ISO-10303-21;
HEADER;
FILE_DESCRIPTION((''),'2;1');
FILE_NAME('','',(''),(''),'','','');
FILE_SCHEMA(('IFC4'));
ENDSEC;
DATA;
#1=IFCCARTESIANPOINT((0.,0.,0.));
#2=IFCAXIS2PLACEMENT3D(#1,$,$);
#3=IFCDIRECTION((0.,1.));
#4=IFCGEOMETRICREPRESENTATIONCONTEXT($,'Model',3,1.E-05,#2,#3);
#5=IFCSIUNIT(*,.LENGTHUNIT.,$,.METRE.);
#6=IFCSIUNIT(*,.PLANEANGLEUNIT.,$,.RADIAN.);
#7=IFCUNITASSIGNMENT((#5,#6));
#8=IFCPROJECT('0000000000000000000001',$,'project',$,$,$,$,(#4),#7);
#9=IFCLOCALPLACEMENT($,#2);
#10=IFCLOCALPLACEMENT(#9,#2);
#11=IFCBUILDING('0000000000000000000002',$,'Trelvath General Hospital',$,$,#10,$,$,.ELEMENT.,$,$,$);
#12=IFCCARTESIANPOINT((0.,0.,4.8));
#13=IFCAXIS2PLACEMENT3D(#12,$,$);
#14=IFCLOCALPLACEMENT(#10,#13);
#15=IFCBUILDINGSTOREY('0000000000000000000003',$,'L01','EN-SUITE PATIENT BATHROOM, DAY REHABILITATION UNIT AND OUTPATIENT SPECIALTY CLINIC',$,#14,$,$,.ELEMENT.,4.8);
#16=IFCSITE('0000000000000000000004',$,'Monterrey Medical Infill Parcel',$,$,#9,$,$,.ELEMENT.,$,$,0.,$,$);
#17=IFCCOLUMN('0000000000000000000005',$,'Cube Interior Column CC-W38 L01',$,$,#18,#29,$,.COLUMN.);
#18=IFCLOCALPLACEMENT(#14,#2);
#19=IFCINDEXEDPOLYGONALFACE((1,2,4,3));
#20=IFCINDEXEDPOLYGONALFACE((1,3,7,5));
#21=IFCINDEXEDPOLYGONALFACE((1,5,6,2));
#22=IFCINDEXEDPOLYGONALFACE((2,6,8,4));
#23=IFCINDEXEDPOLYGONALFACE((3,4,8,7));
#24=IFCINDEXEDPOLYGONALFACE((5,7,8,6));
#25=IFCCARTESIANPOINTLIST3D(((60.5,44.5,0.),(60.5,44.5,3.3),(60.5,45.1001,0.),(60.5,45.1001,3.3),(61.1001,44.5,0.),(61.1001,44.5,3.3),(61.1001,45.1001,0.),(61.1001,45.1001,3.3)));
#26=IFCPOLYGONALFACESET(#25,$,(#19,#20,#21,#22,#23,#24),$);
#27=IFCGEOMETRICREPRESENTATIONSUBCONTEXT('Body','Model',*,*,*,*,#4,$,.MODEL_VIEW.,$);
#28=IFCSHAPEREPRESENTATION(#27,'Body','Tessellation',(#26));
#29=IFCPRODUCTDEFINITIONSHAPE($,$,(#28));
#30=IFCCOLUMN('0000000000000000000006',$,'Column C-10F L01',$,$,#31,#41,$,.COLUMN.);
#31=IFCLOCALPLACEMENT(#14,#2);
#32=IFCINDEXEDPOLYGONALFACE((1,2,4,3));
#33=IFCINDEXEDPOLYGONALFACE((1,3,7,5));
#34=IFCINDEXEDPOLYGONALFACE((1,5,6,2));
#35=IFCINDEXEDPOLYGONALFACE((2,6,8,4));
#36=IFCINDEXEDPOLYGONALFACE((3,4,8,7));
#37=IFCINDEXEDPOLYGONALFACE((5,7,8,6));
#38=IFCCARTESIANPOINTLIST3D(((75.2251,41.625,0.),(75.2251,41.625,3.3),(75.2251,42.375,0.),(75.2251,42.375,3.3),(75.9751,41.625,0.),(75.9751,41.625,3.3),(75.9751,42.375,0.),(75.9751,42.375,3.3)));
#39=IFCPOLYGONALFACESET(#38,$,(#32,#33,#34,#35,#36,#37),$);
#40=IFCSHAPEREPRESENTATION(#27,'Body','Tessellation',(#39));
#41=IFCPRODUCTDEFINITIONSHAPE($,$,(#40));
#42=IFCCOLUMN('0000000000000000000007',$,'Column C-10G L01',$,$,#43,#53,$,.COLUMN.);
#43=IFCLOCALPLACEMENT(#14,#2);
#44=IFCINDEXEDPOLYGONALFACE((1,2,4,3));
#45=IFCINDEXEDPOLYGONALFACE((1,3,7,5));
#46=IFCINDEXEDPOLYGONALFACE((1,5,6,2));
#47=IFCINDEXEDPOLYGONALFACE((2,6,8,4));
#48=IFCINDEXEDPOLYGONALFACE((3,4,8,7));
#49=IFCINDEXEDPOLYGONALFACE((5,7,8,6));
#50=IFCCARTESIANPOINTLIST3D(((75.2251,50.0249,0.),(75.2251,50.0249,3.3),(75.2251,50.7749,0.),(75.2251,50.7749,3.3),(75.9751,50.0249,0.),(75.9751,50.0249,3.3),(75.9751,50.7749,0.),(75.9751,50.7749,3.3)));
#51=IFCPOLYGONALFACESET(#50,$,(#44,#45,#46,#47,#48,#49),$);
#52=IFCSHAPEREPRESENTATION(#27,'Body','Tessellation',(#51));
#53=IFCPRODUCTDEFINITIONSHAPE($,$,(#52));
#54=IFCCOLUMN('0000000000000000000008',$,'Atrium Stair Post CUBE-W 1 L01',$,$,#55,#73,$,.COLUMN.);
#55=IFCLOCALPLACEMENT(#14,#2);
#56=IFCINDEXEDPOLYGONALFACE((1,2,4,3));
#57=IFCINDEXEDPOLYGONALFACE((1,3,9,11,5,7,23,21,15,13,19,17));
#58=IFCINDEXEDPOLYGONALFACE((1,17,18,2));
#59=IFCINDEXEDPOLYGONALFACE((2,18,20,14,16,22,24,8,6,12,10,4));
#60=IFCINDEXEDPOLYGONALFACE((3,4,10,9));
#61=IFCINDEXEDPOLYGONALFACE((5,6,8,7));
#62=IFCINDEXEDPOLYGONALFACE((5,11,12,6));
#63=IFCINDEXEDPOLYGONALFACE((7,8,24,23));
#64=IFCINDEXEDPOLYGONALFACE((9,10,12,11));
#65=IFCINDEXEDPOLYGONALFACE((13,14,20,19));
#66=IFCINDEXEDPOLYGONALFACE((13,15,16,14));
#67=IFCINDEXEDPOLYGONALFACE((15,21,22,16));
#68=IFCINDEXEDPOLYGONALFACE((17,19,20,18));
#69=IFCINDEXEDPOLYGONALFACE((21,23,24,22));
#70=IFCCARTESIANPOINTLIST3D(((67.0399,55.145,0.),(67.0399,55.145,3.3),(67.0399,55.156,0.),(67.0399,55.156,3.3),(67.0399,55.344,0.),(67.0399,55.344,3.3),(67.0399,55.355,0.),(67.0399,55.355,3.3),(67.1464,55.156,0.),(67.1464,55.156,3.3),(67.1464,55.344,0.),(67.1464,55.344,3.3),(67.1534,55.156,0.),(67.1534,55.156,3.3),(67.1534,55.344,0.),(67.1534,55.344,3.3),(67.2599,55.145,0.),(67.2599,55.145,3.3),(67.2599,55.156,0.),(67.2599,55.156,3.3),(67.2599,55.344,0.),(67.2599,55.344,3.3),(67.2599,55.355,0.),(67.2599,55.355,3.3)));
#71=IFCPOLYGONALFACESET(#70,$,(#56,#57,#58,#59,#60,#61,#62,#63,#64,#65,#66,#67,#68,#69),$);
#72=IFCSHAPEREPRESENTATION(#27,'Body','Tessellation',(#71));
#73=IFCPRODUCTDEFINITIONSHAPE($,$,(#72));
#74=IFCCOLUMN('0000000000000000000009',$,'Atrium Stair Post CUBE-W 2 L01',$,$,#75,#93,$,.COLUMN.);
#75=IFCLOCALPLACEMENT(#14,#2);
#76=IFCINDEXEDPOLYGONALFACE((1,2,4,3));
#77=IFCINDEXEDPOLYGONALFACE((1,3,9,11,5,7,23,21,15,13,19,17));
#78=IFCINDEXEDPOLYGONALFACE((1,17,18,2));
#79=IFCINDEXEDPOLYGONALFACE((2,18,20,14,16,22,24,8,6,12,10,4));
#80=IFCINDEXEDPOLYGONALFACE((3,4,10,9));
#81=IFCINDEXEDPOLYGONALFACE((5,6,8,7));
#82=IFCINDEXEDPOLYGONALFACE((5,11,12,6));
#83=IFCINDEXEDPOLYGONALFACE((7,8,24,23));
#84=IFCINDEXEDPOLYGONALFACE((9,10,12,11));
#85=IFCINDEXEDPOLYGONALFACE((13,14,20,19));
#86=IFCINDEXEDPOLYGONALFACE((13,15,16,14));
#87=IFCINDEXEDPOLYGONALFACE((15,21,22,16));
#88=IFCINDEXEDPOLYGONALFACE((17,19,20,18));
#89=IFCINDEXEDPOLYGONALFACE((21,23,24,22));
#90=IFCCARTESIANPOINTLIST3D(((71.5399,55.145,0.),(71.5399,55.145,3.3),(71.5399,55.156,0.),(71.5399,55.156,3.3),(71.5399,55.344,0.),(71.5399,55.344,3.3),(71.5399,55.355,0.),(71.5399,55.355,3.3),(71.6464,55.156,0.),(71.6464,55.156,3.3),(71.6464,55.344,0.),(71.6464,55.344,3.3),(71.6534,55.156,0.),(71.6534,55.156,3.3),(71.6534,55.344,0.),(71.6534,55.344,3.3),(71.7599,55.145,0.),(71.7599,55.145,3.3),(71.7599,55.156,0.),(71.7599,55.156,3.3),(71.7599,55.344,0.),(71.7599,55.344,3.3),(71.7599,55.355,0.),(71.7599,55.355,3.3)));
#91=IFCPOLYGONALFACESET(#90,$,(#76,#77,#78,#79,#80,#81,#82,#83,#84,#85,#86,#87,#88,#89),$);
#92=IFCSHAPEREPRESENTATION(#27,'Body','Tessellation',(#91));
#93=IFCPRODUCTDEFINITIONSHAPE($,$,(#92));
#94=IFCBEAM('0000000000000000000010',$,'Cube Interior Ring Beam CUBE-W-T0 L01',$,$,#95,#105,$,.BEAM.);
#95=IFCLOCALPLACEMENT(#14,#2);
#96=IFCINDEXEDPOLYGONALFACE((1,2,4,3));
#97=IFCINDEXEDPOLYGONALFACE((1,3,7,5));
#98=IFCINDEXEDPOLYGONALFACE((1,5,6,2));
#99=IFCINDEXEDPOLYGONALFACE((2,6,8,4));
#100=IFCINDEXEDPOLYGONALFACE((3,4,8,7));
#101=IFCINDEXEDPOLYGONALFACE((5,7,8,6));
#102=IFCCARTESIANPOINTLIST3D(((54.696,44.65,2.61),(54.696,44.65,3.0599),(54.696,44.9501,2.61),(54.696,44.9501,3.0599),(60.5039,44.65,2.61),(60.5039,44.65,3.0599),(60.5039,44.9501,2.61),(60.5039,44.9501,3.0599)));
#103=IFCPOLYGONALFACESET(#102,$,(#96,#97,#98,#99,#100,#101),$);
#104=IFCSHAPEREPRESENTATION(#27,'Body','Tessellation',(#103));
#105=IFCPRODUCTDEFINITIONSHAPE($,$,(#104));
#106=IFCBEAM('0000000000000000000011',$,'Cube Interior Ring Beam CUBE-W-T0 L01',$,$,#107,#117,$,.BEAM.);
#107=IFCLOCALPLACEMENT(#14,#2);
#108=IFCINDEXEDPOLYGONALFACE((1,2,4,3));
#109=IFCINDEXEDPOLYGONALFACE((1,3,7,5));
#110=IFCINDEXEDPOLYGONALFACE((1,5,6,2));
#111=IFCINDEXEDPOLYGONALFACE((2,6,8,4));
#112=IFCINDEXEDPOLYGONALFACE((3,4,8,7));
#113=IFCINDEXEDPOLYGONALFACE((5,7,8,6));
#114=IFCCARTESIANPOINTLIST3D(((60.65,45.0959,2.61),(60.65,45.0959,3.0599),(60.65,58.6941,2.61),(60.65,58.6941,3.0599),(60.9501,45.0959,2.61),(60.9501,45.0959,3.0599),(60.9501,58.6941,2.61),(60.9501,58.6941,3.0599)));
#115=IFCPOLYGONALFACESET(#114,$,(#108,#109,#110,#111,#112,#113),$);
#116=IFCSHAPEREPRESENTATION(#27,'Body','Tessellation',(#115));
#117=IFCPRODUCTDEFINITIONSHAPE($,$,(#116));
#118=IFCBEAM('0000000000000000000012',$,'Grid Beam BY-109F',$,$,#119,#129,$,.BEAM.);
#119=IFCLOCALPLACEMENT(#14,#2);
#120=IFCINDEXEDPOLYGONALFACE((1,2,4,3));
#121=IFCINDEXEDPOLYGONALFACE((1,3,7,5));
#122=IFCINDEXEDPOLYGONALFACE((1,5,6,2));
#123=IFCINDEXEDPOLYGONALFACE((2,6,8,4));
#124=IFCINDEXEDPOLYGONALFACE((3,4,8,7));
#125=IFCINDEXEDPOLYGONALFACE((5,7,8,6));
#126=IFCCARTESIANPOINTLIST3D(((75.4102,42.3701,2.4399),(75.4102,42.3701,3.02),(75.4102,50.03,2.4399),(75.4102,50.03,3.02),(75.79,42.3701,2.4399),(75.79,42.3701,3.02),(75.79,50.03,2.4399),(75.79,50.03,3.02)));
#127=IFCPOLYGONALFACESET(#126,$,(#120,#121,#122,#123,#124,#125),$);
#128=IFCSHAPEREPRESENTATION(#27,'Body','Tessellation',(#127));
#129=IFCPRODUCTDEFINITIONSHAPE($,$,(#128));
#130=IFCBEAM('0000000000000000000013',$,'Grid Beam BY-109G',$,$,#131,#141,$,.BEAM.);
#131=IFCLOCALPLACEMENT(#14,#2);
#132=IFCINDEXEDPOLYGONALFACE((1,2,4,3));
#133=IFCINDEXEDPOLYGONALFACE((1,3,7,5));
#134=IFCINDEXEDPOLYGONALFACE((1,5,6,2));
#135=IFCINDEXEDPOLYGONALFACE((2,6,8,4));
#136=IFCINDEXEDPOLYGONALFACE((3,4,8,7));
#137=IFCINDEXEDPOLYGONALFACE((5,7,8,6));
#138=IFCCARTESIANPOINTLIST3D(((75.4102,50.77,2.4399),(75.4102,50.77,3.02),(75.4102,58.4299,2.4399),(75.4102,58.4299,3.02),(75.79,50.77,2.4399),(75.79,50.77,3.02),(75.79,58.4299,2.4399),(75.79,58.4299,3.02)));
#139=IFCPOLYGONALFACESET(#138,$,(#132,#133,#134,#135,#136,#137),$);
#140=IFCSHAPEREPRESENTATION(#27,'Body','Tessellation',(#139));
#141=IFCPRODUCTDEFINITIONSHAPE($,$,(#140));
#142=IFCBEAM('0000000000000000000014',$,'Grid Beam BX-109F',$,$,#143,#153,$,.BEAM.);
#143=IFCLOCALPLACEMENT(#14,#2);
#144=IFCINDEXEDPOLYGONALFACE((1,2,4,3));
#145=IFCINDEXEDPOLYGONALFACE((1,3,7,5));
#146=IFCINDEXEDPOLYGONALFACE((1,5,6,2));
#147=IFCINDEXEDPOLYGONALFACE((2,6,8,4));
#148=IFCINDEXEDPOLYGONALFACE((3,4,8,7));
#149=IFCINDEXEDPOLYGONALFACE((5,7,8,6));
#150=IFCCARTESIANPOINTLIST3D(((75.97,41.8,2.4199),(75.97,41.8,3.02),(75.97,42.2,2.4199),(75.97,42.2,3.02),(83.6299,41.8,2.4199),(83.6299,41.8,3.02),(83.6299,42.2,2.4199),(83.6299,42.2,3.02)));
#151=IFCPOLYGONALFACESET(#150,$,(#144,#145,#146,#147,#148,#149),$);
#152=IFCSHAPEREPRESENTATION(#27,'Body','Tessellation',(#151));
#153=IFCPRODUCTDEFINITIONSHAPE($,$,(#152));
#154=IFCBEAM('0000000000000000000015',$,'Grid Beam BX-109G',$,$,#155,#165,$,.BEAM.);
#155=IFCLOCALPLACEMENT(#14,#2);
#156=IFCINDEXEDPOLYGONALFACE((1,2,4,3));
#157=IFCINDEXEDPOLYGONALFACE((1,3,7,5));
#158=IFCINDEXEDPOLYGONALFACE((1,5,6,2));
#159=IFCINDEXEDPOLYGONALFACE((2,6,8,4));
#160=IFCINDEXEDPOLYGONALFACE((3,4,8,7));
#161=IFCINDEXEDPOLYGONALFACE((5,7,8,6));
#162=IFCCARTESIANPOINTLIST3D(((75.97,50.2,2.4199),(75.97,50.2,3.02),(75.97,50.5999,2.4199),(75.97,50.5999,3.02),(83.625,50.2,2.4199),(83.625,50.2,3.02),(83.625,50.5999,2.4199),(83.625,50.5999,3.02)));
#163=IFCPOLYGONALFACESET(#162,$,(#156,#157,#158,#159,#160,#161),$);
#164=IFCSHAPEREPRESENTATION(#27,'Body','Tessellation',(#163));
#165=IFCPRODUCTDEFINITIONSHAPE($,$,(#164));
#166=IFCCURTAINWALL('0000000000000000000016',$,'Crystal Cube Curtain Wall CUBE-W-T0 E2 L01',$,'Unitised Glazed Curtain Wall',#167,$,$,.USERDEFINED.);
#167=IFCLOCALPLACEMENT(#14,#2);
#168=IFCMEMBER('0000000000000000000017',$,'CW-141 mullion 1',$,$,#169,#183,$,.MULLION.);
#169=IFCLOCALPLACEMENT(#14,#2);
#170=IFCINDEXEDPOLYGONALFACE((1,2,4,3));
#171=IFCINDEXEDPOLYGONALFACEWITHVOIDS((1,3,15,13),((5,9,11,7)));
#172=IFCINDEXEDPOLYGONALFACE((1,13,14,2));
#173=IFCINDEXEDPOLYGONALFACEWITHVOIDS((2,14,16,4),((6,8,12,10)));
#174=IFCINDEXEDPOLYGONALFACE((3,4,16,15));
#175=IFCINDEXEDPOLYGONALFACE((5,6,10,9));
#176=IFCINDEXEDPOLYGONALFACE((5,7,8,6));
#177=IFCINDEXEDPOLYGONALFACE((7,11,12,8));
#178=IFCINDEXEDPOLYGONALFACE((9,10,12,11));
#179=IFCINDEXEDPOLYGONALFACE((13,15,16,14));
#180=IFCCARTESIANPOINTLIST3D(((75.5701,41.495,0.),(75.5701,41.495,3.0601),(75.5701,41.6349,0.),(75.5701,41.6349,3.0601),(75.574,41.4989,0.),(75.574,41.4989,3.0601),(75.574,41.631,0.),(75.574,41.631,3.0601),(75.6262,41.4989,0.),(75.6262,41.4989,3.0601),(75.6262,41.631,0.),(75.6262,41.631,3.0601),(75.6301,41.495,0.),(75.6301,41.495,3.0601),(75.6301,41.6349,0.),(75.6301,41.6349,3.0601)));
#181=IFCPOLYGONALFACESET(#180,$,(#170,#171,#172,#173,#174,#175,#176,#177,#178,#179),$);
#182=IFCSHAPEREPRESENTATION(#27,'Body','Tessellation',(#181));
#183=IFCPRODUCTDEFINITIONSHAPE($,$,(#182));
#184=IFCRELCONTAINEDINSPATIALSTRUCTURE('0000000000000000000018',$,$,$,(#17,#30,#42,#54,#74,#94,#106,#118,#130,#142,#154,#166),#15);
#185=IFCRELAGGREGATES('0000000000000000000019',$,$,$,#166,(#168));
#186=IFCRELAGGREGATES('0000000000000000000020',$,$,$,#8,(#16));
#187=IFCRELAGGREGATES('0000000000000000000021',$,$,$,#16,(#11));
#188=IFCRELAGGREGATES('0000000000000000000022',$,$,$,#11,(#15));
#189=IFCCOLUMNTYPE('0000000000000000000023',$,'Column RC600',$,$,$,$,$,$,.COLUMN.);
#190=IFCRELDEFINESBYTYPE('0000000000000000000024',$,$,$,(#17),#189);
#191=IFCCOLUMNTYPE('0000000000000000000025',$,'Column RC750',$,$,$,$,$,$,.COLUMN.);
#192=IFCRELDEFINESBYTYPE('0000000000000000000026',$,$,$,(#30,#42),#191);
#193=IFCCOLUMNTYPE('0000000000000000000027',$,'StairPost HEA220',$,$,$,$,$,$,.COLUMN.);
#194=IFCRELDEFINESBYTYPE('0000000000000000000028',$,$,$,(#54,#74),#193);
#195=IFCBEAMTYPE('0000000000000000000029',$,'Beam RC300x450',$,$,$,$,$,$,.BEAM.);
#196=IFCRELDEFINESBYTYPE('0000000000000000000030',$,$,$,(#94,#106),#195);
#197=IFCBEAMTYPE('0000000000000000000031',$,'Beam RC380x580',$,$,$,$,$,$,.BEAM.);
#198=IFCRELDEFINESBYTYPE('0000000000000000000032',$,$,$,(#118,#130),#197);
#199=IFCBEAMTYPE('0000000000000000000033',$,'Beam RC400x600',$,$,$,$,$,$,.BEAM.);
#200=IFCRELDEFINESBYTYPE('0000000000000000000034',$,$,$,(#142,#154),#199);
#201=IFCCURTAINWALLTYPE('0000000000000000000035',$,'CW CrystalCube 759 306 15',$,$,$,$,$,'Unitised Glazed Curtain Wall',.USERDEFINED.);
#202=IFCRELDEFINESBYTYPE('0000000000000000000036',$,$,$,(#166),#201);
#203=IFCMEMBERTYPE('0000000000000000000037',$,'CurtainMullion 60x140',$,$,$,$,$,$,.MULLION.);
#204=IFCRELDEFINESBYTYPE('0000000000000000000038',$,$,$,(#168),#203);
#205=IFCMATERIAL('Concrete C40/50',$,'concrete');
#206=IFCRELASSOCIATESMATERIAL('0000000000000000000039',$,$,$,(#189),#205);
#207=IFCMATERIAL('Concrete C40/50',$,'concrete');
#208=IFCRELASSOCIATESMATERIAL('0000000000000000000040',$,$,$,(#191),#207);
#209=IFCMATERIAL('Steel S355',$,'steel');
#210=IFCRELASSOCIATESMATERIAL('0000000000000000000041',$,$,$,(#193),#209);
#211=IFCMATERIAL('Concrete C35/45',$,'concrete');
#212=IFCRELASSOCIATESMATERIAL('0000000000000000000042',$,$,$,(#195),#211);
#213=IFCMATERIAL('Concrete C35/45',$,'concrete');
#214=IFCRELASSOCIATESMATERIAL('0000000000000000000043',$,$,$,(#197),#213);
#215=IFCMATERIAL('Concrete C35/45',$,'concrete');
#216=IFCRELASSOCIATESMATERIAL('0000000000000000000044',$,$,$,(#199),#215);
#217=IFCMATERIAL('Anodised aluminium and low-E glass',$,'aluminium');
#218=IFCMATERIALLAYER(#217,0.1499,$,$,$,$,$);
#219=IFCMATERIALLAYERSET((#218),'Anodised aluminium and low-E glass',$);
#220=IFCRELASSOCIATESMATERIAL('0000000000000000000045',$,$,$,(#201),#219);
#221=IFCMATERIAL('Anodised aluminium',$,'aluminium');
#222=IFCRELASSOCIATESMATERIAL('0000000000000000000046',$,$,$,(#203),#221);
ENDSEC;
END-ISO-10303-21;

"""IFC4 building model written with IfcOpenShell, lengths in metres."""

from ifc_helpers import new_model, si_unit, direction, frame, origin, origin_2d, place, context, subcontext, project, spatial, rectangle, hollow_rectangle, i_section, extrude, material, layer, layer_set, material_profile, profile_set, type_object, element, aggregate, save


model = new_model("IFC4")

# Units and contexts
model_context = context("Model", 3, precision=1e-05, world=origin(), true_north=direction((0.0, 1.0)))
body_context = subcontext(model_context, "Body", "Model", "MODEL_VIEW")
ifc_project = project(units=[si_unit("LENGTHUNIT", "METRE"), si_unit("PLANEANGLEUNIT", "RADIAN")], contexts=[model_context])

# Site, building, storey
site_placement = place(None, origin())
site = spatial("IfcSite", under=ifc_project, at=site_placement, Name="Monterrey Medical Infill Parcel", CompositionType="ELEMENT", RefElevation=0.0)
building_placement = place(site_placement, origin())
building = spatial("IfcBuilding", under=site, at=building_placement, Name="Trelvath General Hospital", CompositionType="ELEMENT")
storey_placement = place(building_placement, frame((0.0, 0.0, 4.8)))
storey = spatial("IfcBuildingStorey", under=building, at=storey_placement, Name="L01", Description="EN-SUITE PATIENT BATHROOM, DAY REHABILITATION UNIT AND OUTPATIENT SPECIALTY CLINIC", CompositionType="ELEMENT", Elevation=4.8)

# Columns
ifc_material_1 = material(Name="Concrete C40/50", Category="concrete")
ifc_material_profile_1 = material_profile(ifc_material_1, rectangle(XDim=0.6001, YDim=0.6001, at=origin_2d()), Name="RC600x600")
ifc_profile_set_1 = profile_set([ifc_material_profile_1], Name="Concrete C40/50")
column_type_1 = type_object("IfcColumnType", Name="Column RC600", PredefinedType="COLUMN", material=ifc_profile_set_1)
column_placement = place(storey_placement, frame((60.8, 44.8, 0.0), z_axis=(0.0, 0.0, 1.0), x_axis=(1.0, 0.0, 0.0)))
element("IfcColumn", 1, at=column_placement, inside=storey, type_object=column_type_1, Name="Cube Interior Column CC-W38 L01", PredefinedType="COLUMN", context=body_context, shape_type="SweptSolid", body=[
    extrude(rectangle(XDim=0.6001, YDim=0.6001, at=origin_2d()), origin(), (0.0, 0.0, 1.0), 3.3),
])
ifc_material_2 = material(Name="Concrete C40/50", Category="concrete")
ifc_material_profile_2 = material_profile(ifc_material_2, rectangle(XDim=0.75, YDim=0.75, at=origin_2d()), Name="RC750x750")
ifc_profile_set_2 = profile_set([ifc_material_profile_2], Name="Concrete C40/50")
column_type_2 = type_object("IfcColumnType", Name="Column RC750", PredefinedType="COLUMN", material=ifc_profile_set_2)
for number, where, z_axis, x_axis, name in (
    (2, (75.6001, 42.0, 0.0), (0.0, 0.0, 1.0), (1.0, 0.0, 0.0), "Column C-10F L01"),
    (3, (75.6001, 50.3999, 0.0), (0.0, 0.0, 1.0), (1.0, 0.0, 0.0), "Column C-10G L01"),
):
    element("IfcColumn", number, at=place(storey_placement, frame(where, z_axis=z_axis, x_axis=x_axis)), inside=storey, type_object=column_type_2, Name=name, PredefinedType="COLUMN", context=body_context, shape_type="SweptSolid", body=[
        extrude(rectangle(XDim=0.75, YDim=0.75, at=origin_2d()), origin(), (0.0, 0.0, 1.0), 3.3),
    ])
ifc_material_3 = material(Name="Steel S355", Category="steel")
ifc_material_profile_3 = material_profile(ifc_material_3, i_section(OverallWidth=0.22, OverallDepth=0.21, WebThickness=0.0071, FlangeThickness=0.011, at=origin_2d()), Name="HEA220")
ifc_profile_set_3 = profile_set([ifc_material_profile_3], Name="Steel S355")
column_type_3 = type_object("IfcColumnType", Name="StairPost HEA220", PredefinedType="COLUMN", material=ifc_profile_set_3)
for number, where, z_axis, x_axis, name in (
    (4, (67.1499, 55.25, 0.0), (0.0, 0.0, 1.0), (1.0, 0.0, 0.0), "Atrium Stair Post CUBE-W 1 L01"),
    (5, (71.6499, 55.25, 0.0), (0.0, 0.0, 1.0), (1.0, 0.0, 0.0), "Atrium Stair Post CUBE-W 2 L01"),
):
    element("IfcColumn", number, at=place(storey_placement, frame(where, z_axis=z_axis, x_axis=x_axis)), inside=storey, type_object=column_type_3, Name=name, PredefinedType="COLUMN", context=body_context, shape_type="SweptSolid", body=[
        extrude(i_section(OverallWidth=0.22, OverallDepth=0.21, WebThickness=0.0071, FlangeThickness=0.011, at=origin_2d()), origin(), (0.0, 0.0, 1.0), 3.3),
    ])

# Beams
ifc_material_4 = material(Name="Concrete C35/45", Category="concrete")
ifc_material_profile_4 = material_profile(ifc_material_4, rectangle(XDim=0.3, YDim=0.45, at=origin_2d()), Name="RCB300x450")
ifc_profile_set_4 = profile_set([ifc_material_profile_4], Name="Concrete C35/45")
beam_type_1 = type_object("IfcBeamType", Name="Beam RC300x450", PredefinedType="BEAM", material=ifc_profile_set_4)
beam_1_placement = place(storey_placement, frame((54.696, 44.8, 2.835), z_axis=(1.0, 0.0, 0.0), x_axis=(0.0, 1.0, 0.0)))
element("IfcBeam", 6, at=beam_1_placement, inside=storey, type_object=beam_type_1, Name="Cube Interior Ring Beam CUBE-W-T0 L01", PredefinedType="BEAM", context=body_context, shape_type="SweptSolid", body=[
    extrude(rectangle(XDim=0.3, YDim=0.45, at=origin_2d()), origin(), (0.0, 0.0, 1.0), 5.8079),
])
beam_2_placement = place(storey_placement, frame((60.8, 45.0959, 2.835), z_axis=(0.0, 1.0, 0.0), x_axis=(-1.0, 0.0, 0.0)))
element("IfcBeam", 7, at=beam_2_placement, inside=storey, type_object=beam_type_1, Name="Cube Interior Ring Beam CUBE-W-T0 L01", PredefinedType="BEAM", context=body_context, shape_type="SweptSolid", body=[
    extrude(rectangle(XDim=0.3, YDim=0.45, at=origin_2d()), origin(), (0.0, 0.0, 1.0), 13.5981),
])
ifc_material_5 = material(Name="Concrete C35/45", Category="concrete")
ifc_material_profile_5 = material_profile(ifc_material_5, rectangle(XDim=0.3799, YDim=0.5801, at=origin_2d()), Name="RCB380x580")
ifc_profile_set_5 = profile_set([ifc_material_profile_5], Name="Concrete C35/45")
beam_type_2 = type_object("IfcBeamType", Name="Beam RC380x580", PredefinedType="BEAM", material=ifc_profile_set_5)
for number, where, z_axis, x_axis, name in (
    (8, (75.6001, 42.3701, 2.73), (0.0, 1.0, 0.0), (-1.0, 0.0, 0.0), "Grid Beam BY-109F"),
    (9, (75.6001, 50.77, 2.73), (0.0, 1.0, 0.0), (-1.0, 0.0, 0.0), "Grid Beam BY-109G"),
):
    element("IfcBeam", number, at=place(storey_placement, frame(where, z_axis=z_axis, x_axis=x_axis)), inside=storey, type_object=beam_type_2, Name=name, PredefinedType="BEAM", context=body_context, shape_type="SweptSolid", body=[
        extrude(rectangle(XDim=0.3799, YDim=0.5801, at=origin_2d()), origin(), (0.0, 0.0, 1.0), 7.6599),
    ])
ifc_material_6 = material(Name="Concrete C35/45", Category="concrete")
ifc_material_profile_6 = material_profile(ifc_material_6, rectangle(XDim=0.3999, YDim=0.6001, at=origin_2d()), Name="RCB400x600")
ifc_profile_set_6 = profile_set([ifc_material_profile_6], Name="Concrete C35/45")
beam_type_3 = type_object("IfcBeamType", Name="Beam RC400x600", PredefinedType="BEAM", material=ifc_profile_set_6)
beam_3_placement = place(storey_placement, frame((75.97, 42.0, 2.72), z_axis=(1.0, 0.0, 0.0), x_axis=(0.0, 1.0, 0.0)))
element("IfcBeam", 10, at=beam_3_placement, inside=storey, type_object=beam_type_3, Name="Grid Beam BX-109F", PredefinedType="BEAM", context=body_context, shape_type="SweptSolid", body=[
    extrude(rectangle(XDim=0.3999, YDim=0.6001, at=origin_2d()), origin(), (0.0, 0.0, 1.0), 7.6599),
])
beam_4_placement = place(storey_placement, frame((75.97, 50.3999, 2.72), z_axis=(1.0, 0.0, 0.0), x_axis=(0.0, 1.0, 0.0)))
element("IfcBeam", 11, at=beam_4_placement, inside=storey, type_object=beam_type_3, Name="Grid Beam BX-109G", PredefinedType="BEAM", context=body_context, shape_type="SweptSolid", body=[
    extrude(rectangle(XDim=0.3999, YDim=0.6001, at=origin_2d()), origin(), (0.0, 0.0, 1.0), 7.655),
])

# Curtain wall, member
ifc_material_7 = material(Name="Anodised aluminium and low-E glass", Category="aluminium")
ifc_layer_1 = layer(ifc_material_7, 0.1499)
ifc_layer_set_1 = layer_set([ifc_layer_1], Name="Anodised aluminium and low-E glass")
curtain_wall_type = type_object("IfcCurtainWallType", Name="CW CrystalCube 759 306 15", ElementType="Unitised Glazed Curtain Wall", PredefinedType="USERDEFINED", material=ifc_layer_set_1)
curtain_wall_placement = place(storey_placement, origin())
curtain_wall = element("IfcCurtainWall", 12, at=curtain_wall_placement, inside=storey, type_object=curtain_wall_type, Name="Crystal Cube Curtain Wall CUBE-W-T0 E2 L01", ObjectType="Unitised Glazed Curtain Wall", PredefinedType="USERDEFINED")
ifc_material_8 = material(Name="Anodised aluminium", Category="aluminium")
ifc_material_profile_7 = material_profile(ifc_material_8, hollow_rectangle(XDim=0.0601, YDim=0.1399, WallThickness=0.0039, at=origin_2d()), Name="RHS60x140x4")
ifc_profile_set_7 = profile_set([ifc_material_profile_7], Name="Anodised aluminium")
member_type_1 = type_object("IfcMemberType", Name="CurtainMullion 60x140", PredefinedType="MULLION", material=ifc_profile_set_7)
member_1_placement = place(storey_placement, frame((75.6001, 41.5649, 0.0), z_axis=(0.0, 0.0, 1.0), x_axis=(1.0, 0.0, 0.0)))
member_1 = element("IfcMember", 13, at=member_1_placement, type_object=member_type_1, Name="CW-141 mullion 1", PredefinedType="MULLION", context=body_context, shape_type="SweptSolid", body=[
    extrude(hollow_rectangle(XDim=0.0601, YDim=0.1399, WallThickness=0.0039, at=origin_2d()), origin(), (0.0, 0.0, 1.0), 3.0601),
])
aggregate(curtain_wall, [member_1])

save(model, "model.ifc")
